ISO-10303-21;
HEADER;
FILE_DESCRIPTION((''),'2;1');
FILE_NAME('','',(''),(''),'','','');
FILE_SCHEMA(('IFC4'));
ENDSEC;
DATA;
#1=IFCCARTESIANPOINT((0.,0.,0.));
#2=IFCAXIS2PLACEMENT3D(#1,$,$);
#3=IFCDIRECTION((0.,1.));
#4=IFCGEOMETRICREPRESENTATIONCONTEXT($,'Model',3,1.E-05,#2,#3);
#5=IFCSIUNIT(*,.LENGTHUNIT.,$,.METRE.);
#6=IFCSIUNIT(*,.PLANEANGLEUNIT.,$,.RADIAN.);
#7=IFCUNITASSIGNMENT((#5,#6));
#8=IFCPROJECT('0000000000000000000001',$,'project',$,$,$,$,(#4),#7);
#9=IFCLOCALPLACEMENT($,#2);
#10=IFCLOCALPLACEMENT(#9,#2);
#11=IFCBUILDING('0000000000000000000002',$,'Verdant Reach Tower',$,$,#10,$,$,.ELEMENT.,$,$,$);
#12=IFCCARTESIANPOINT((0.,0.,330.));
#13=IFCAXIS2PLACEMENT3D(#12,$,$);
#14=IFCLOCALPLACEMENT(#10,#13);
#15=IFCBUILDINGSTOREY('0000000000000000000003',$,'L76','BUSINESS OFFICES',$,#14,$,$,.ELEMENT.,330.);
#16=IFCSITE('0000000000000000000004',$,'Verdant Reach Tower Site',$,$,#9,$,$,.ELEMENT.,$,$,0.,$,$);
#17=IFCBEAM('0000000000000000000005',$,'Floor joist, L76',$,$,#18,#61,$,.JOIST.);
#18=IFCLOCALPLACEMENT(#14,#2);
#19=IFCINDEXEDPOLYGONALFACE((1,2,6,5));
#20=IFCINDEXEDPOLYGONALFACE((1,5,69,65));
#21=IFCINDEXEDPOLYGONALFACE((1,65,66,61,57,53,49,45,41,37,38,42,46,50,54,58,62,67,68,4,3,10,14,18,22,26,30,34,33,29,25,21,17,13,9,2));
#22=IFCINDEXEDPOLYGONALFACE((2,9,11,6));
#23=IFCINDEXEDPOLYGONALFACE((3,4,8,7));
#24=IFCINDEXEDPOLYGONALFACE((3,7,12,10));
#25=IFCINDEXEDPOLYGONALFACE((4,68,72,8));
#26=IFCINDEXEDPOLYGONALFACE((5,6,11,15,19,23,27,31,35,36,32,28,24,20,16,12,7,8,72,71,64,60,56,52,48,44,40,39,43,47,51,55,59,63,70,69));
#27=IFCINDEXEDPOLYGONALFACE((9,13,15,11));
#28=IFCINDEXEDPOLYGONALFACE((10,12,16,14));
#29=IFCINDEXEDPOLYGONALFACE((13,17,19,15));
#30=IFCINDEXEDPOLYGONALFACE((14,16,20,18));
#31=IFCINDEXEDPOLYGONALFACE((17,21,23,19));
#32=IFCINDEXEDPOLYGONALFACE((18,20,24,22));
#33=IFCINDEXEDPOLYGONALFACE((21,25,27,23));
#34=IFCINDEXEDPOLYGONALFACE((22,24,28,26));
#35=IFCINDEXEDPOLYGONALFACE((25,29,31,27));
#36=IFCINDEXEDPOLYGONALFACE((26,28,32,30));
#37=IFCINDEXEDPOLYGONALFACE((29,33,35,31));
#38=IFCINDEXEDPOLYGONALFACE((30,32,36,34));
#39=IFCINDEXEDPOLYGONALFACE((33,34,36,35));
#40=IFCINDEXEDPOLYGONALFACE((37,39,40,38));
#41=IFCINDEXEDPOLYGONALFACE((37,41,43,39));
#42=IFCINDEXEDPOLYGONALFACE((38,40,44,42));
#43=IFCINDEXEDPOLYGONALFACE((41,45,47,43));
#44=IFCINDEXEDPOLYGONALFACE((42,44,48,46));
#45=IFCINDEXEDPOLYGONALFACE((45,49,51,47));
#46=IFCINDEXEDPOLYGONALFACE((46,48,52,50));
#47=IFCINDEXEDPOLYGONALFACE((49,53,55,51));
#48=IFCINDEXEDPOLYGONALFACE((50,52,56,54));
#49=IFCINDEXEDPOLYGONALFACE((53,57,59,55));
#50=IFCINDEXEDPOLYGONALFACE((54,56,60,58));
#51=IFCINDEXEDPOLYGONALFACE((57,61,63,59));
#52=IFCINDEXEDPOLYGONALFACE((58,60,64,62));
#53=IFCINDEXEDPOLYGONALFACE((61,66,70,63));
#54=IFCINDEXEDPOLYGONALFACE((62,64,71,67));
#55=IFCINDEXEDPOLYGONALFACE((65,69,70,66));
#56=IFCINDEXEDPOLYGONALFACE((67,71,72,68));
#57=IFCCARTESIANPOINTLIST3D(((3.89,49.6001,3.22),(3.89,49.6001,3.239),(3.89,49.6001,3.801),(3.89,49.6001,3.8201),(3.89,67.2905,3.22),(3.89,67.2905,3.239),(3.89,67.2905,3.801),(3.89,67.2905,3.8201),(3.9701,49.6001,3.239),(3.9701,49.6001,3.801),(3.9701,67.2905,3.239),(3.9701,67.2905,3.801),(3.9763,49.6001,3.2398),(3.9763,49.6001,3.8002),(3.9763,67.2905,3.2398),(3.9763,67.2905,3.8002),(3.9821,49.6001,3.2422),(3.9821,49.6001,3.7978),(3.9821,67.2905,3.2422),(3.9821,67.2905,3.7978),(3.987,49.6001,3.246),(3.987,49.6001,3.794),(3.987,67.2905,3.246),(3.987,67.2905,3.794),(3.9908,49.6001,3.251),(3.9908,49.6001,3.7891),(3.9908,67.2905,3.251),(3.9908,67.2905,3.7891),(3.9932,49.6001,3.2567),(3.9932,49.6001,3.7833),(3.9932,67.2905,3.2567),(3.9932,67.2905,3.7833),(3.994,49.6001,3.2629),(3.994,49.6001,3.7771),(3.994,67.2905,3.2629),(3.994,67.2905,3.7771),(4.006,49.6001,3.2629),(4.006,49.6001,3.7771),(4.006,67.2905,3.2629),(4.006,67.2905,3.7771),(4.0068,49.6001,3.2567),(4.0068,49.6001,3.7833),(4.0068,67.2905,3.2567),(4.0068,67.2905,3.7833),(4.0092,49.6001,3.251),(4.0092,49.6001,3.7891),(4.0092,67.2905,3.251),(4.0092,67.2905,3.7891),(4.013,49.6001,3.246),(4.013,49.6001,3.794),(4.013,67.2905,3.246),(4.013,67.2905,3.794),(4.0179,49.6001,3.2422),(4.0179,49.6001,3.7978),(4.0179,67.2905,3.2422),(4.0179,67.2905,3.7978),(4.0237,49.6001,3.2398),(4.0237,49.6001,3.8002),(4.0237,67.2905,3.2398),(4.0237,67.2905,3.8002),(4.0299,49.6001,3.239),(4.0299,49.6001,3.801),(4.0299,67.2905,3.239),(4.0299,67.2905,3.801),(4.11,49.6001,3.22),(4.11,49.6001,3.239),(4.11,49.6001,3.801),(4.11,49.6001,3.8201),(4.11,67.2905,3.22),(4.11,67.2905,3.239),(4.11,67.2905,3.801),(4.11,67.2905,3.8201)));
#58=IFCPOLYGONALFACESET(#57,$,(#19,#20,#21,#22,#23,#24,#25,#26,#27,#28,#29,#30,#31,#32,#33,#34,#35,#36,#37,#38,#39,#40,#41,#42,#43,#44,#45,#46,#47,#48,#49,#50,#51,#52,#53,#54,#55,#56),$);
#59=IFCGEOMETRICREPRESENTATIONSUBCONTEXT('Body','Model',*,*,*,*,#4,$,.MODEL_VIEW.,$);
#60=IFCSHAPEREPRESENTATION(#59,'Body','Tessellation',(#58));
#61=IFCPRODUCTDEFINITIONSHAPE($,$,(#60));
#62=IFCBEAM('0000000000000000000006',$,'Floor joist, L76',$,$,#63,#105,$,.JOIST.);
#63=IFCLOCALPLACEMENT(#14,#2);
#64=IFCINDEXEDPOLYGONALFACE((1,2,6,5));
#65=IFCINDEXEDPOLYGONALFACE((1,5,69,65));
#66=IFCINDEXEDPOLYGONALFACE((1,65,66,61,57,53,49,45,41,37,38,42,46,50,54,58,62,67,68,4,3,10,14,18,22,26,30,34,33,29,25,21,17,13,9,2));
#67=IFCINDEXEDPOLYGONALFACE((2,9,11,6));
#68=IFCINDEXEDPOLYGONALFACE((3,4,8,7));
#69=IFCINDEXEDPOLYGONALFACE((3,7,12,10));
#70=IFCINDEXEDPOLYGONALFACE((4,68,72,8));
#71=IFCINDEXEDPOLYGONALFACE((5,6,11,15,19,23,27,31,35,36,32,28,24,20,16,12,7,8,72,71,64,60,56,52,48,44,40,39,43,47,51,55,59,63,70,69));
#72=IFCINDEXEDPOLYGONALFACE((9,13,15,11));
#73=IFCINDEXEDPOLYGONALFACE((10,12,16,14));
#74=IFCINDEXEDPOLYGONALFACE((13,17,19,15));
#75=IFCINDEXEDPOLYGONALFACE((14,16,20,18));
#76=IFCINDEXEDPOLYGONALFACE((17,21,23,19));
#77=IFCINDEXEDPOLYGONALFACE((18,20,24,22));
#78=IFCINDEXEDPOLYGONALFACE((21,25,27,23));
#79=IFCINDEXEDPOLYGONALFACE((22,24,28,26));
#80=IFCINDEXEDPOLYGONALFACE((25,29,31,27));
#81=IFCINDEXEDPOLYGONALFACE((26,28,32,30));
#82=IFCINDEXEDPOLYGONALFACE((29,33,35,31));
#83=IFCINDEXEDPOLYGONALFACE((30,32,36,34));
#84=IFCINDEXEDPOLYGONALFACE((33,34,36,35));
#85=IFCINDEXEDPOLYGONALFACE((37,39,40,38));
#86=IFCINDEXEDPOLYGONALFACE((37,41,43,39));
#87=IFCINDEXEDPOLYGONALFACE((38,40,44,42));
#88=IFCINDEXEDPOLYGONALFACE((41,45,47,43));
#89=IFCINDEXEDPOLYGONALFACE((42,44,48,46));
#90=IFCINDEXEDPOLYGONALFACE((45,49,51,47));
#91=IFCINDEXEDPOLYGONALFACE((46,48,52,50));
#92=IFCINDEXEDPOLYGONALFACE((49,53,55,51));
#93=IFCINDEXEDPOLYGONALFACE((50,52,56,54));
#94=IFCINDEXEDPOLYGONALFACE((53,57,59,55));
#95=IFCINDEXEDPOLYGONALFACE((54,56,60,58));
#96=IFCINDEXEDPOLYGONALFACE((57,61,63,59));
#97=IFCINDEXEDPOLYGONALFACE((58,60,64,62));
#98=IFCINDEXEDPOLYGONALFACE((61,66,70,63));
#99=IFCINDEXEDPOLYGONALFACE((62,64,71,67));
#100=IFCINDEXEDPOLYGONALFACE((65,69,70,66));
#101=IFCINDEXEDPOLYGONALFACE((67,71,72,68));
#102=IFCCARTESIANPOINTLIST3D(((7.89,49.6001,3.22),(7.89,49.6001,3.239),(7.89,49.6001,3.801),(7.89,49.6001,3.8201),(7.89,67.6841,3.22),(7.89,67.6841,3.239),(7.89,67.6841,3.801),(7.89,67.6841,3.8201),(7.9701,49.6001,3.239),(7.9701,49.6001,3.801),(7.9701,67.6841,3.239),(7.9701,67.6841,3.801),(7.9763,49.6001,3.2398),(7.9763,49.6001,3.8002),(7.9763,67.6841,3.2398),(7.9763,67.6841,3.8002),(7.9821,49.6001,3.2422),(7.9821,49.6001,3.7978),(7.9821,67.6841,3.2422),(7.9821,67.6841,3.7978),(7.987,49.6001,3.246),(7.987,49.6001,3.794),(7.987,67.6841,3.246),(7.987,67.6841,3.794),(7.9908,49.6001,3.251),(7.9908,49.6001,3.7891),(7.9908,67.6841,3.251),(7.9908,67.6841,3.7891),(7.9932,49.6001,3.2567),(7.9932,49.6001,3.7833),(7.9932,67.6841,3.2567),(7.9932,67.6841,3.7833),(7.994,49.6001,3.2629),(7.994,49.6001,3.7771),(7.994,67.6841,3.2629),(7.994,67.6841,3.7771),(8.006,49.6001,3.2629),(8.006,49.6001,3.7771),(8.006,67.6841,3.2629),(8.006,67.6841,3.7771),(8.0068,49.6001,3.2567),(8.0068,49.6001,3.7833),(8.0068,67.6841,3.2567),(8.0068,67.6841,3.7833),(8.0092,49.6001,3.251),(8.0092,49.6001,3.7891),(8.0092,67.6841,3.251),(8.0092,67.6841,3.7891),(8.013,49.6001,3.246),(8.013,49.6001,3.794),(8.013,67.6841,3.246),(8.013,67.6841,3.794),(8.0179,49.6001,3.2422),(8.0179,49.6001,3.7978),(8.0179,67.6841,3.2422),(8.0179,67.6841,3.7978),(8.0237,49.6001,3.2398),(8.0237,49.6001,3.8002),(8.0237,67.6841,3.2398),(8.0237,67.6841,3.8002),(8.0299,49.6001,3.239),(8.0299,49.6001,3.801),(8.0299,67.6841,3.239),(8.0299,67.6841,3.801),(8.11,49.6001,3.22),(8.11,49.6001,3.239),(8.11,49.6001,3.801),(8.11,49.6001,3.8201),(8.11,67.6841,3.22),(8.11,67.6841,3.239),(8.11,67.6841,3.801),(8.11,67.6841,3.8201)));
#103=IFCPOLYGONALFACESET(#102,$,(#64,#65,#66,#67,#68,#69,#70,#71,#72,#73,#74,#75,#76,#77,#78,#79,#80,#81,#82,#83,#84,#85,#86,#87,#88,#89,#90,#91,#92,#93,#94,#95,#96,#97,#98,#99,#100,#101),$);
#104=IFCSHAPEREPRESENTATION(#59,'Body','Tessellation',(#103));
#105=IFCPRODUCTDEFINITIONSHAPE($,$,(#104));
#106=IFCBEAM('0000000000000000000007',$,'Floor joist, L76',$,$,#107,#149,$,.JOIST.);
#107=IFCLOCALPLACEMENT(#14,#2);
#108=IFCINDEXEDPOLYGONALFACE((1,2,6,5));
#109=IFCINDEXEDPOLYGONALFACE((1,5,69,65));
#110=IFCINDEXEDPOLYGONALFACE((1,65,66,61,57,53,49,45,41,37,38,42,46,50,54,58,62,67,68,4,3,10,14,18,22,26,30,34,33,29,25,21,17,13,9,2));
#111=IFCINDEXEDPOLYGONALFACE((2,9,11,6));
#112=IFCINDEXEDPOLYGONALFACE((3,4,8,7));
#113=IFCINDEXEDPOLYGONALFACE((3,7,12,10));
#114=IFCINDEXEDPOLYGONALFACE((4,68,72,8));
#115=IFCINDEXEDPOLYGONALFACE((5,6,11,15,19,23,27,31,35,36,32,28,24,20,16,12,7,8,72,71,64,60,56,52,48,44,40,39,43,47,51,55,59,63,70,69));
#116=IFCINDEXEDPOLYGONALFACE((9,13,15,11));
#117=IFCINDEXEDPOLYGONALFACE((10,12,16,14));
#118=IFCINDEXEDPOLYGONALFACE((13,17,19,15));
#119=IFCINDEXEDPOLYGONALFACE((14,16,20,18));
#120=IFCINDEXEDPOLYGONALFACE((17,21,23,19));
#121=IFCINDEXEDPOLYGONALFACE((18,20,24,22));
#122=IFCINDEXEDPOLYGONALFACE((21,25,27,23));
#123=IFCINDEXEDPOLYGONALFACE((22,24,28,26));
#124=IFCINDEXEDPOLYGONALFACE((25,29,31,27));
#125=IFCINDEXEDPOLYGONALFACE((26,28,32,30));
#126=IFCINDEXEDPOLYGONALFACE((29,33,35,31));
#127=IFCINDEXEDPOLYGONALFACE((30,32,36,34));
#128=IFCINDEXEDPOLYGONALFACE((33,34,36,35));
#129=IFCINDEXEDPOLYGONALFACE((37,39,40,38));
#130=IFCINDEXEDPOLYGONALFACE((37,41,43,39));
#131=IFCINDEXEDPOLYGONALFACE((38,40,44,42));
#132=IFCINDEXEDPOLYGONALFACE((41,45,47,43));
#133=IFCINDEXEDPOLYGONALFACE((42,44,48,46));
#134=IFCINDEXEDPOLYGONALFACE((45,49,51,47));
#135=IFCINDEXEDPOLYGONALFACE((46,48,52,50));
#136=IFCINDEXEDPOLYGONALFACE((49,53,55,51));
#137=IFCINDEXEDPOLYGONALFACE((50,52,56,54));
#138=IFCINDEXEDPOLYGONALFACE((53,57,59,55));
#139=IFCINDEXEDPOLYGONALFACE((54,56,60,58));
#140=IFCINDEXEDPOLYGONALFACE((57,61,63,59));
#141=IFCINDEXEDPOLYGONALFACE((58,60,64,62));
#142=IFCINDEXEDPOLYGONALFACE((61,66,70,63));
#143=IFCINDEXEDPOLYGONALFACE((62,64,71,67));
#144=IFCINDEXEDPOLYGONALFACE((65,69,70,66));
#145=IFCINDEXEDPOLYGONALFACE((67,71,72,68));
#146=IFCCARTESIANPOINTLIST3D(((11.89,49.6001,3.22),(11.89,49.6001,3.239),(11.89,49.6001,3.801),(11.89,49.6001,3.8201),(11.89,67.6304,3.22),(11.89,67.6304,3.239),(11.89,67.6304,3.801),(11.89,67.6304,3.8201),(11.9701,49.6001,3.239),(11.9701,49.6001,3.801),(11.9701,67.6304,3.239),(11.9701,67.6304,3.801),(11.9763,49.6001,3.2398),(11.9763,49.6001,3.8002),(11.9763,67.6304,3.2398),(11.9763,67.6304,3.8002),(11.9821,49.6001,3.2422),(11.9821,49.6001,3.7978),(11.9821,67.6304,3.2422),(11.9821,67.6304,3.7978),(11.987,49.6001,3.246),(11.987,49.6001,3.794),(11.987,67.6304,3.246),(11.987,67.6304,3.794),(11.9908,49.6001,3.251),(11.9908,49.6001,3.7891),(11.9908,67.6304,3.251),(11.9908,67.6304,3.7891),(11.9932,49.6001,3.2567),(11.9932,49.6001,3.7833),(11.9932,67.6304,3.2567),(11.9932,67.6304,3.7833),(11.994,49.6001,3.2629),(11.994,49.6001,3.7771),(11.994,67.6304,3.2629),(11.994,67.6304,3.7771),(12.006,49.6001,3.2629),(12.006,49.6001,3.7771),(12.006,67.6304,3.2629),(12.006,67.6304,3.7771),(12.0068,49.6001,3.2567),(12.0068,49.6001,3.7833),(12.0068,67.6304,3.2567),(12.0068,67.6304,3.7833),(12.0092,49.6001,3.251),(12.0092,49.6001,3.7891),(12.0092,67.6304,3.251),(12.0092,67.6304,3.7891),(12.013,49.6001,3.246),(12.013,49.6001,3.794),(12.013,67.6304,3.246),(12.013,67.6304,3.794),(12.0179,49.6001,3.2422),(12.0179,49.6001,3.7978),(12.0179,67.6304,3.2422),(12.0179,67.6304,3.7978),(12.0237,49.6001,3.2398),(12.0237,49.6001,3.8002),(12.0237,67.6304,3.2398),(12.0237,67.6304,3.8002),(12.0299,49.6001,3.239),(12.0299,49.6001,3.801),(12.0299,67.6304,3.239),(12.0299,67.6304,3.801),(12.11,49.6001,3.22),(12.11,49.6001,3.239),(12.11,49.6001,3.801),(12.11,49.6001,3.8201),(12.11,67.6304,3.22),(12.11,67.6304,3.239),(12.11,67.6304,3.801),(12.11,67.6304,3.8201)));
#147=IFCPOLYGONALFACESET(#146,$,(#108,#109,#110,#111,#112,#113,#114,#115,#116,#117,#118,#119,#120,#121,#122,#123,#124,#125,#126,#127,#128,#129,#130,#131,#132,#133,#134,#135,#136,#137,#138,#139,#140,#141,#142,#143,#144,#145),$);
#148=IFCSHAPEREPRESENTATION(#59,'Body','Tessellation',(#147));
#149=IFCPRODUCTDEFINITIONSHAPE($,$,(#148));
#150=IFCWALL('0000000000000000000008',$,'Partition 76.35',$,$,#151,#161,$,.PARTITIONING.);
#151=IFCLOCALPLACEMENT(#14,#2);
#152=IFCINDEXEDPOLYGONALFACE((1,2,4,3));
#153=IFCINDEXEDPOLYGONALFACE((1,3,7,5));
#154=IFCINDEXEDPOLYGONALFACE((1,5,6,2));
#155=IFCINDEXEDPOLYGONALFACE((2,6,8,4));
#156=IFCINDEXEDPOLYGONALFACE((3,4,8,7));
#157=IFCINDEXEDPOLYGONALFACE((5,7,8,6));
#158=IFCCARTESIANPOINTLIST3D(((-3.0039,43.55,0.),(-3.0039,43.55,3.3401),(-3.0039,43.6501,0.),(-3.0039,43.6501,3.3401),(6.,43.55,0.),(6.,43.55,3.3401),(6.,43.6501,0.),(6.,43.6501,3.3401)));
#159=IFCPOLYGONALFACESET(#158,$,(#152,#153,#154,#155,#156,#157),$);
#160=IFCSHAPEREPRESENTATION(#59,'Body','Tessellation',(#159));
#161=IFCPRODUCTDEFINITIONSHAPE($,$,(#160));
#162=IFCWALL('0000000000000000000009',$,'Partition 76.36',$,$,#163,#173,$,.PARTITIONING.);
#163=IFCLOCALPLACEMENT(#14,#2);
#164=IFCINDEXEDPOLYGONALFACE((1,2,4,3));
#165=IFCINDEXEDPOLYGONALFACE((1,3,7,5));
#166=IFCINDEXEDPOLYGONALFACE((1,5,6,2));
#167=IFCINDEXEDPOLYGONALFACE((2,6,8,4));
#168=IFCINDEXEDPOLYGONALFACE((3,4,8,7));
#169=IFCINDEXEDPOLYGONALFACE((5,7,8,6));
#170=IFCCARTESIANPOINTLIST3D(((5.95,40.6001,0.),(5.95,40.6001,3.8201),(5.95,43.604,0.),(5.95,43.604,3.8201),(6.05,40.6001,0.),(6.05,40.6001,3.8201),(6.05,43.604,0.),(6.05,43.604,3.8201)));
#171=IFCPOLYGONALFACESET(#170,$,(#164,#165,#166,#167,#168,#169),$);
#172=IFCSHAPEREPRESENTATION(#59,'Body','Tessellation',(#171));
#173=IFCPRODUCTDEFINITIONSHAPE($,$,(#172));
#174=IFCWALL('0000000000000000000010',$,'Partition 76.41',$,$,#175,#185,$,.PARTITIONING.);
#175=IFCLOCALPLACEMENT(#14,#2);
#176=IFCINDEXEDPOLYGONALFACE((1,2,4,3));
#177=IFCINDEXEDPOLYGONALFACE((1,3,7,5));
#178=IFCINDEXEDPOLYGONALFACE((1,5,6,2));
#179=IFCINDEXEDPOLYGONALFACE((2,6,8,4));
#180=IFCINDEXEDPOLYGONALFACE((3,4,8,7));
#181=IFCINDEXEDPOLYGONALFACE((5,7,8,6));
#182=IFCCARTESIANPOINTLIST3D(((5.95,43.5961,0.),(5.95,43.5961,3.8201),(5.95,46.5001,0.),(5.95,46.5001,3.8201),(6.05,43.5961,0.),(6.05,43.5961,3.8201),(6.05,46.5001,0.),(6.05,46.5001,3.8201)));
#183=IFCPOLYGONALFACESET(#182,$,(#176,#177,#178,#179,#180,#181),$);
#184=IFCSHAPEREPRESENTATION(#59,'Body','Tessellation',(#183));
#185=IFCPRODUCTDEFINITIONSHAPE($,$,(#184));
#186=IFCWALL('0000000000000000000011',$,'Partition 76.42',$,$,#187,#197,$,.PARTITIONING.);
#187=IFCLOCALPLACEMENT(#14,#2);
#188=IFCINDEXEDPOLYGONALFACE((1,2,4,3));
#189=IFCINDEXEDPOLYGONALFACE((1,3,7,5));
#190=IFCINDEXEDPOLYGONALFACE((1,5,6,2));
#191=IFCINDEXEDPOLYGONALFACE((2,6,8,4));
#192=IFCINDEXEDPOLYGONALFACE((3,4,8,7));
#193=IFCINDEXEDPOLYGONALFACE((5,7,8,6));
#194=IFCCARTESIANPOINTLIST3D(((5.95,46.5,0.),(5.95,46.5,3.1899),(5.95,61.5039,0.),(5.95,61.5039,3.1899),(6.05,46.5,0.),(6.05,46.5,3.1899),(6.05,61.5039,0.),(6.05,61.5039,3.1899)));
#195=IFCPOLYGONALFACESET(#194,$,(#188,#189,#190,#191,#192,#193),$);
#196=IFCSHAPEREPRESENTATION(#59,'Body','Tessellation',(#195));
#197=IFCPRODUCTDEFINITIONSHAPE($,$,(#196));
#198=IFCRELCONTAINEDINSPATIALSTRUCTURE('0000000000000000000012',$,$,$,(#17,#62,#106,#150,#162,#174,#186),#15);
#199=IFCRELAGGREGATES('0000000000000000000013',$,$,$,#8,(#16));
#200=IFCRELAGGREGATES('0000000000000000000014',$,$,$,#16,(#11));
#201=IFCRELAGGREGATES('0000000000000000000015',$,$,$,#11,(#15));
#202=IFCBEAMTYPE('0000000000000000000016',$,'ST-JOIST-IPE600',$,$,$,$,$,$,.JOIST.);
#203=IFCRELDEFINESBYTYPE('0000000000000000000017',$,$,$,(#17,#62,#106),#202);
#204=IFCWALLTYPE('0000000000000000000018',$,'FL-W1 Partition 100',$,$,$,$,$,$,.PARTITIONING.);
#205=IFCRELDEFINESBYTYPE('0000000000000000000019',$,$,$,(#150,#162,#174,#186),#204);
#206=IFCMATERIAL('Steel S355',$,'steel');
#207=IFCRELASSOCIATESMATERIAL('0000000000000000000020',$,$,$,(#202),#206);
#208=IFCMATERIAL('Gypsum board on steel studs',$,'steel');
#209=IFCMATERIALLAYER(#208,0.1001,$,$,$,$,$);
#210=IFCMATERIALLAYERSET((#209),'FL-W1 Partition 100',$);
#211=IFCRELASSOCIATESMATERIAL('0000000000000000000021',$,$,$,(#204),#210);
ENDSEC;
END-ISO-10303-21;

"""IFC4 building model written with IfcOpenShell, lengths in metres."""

from ifc_helpers import new_model, si_unit, direction, frame, frame_2d, origin, origin_2d, place, context, subcontext, project, spatial, rectangle, i_section, extrude, material, layer, layer_set, material_profile, profile_set, type_object, element, save


model = new_model("IFC4")

# Units and contexts
model_context = context("Model", 3, precision=1e-05, world=origin(), true_north=direction((0.0, 1.0)))
body_context = subcontext(model_context, "Body", "Model", "MODEL_VIEW")
ifc_project = project(units=[si_unit("LENGTHUNIT", "METRE"), si_unit("PLANEANGLEUNIT", "RADIAN")], contexts=[model_context])

# Site, building, storey
site_placement = place(None, origin())
site = spatial("IfcSite", under=ifc_project, at=site_placement, Name="Verdant Reach Tower Site", CompositionType="ELEMENT", RefElevation=0.0)
building_placement = place(site_placement, origin())
building = spatial("IfcBuilding", under=site, at=building_placement, Name="Verdant Reach Tower", CompositionType="ELEMENT")
storey_placement = place(building_placement, frame((0.0, 0.0, 330.0)))
storey = spatial("IfcBuildingStorey", under=building, at=storey_placement, Name="L76", Description="BUSINESS OFFICES", CompositionType="ELEMENT", Elevation=330.0)

# Beams
ifc_material_1 = material(Name="Steel S355", Category="steel")
ifc_material_profile_1 = material_profile(ifc_material_1, i_section(OverallWidth=0.22, OverallDepth=0.6001, WebThickness=0.012, FlangeThickness=0.019, FilletRadius=0.0239, at=origin_2d()), Name="IPE 600")
ifc_profile_set_1 = profile_set([ifc_material_profile_1], Name="Steel S355")
beam_type_1 = type_object("IfcBeamType", Name="ST-JOIST-IPE600", PredefinedType="JOIST", material=ifc_profile_set_1)
beam_1_placement = place(storey_placement, frame((4.0, 49.6001, 3.52), z_axis=(0.0, 1.0, 0.0), x_axis=(-1.0, 0.0, 0.0)))
element("IfcBeam", 1, at=beam_1_placement, inside=storey, type_object=beam_type_1, Name="Floor joist, L76", PredefinedType="JOIST", context=body_context, shape_type="SweptSolid", body=[
    extrude(i_section(OverallWidth=0.22, OverallDepth=0.6001, WebThickness=0.012, FlangeThickness=0.019, FilletRadius=0.0239, at=origin_2d()), origin(), (0.0, 0.0, 1.0), 17.6904),
])
beam_2_placement = place(storey_placement, frame((8.0, 49.6001, 3.52), z_axis=(0.0, 1.0, 0.0), x_axis=(-1.0, 0.0, 0.0)))
element("IfcBeam", 2, at=beam_2_placement, inside=storey, type_object=beam_type_1, Name="Floor joist, L76", PredefinedType="JOIST", context=body_context, shape_type="SweptSolid", body=[
    extrude(i_section(OverallWidth=0.22, OverallDepth=0.6001, WebThickness=0.012, FlangeThickness=0.019, FilletRadius=0.0239, at=origin_2d()), origin(), (0.0, 0.0, 1.0), 18.084),
])
beam_3_placement = place(storey_placement, frame((12.0, 49.6001, 3.52), z_axis=(0.0, 1.0, 0.0), x_axis=(-1.0, 0.0, 0.0)))
element("IfcBeam", 3, at=beam_3_placement, inside=storey, type_object=beam_type_1, Name="Floor joist, L76", PredefinedType="JOIST", context=body_context, shape_type="SweptSolid", body=[
    extrude(i_section(OverallWidth=0.22, OverallDepth=0.6001, WebThickness=0.012, FlangeThickness=0.019, FilletRadius=0.0239, at=origin_2d()), origin(), (0.0, 0.0, 1.0), 18.0303),
])

# Walls
ifc_material_2 = material(Name="Gypsum board on steel studs", Category="steel")
ifc_layer_1 = layer(ifc_material_2, 0.1001)
ifc_layer_set_1 = layer_set([ifc_layer_1], Name="FL-W1 Partition 100")
wall_type_1 = type_object("IfcWallType", Name="FL-W1 Partition 100", PredefinedType="PARTITIONING", material=ifc_layer_set_1)
wall_1_placement = place(storey_placement, frame((6.0, 43.6001, 0.0), z_axis=(0.0, 0.0, 1.0), x_axis=(-1.0, 0.0, 0.0)))
element("IfcWall", 4, at=wall_1_placement, inside=storey, type_object=wall_type_1, Name="Partition 76.35", PredefinedType="PARTITIONING", context=body_context, shape_type="SweptSolid", body=[
    extrude(rectangle(XDim=9.0039, YDim=0.1001, at=frame_2d((4.502, 0.0))), origin(), (0.0, 0.0, 1.0), 3.3401),
])
wall_2_placement = place(storey_placement, frame((6.0, 40.6001, 0.0), z_axis=(0.0, 0.0, 1.0), x_axis=(0.0, 1.0, 0.0)))
element("IfcWall", 5, at=wall_2_placement, inside=storey, type_object=wall_type_1, Name="Partition 76.36", PredefinedType="PARTITIONING", context=body_context, shape_type="SweptSolid", body=[
    extrude(rectangle(XDim=3.0039, YDim=0.1001, at=frame_2d((1.502, 0.0))), origin(), (0.0, 0.0, 1.0), 3.8201),
])
wall_3_placement = place(storey_placement, frame((6.0, 43.5959, 0.0), z_axis=(0.0, 0.0, 1.0), x_axis=(0.0, 1.0, 0.0)))
element("IfcWall", 6, at=wall_3_placement, inside=storey, type_object=wall_type_1, Name="Partition 76.41", PredefinedType="PARTITIONING", context=body_context, shape_type="SweptSolid", body=[
    extrude(rectangle(XDim=2.9041, YDim=0.1001, at=frame_2d((1.4521, 0.0))), origin(), (0.0, 0.0, 1.0), 3.8201),
])
wall_4_placement = place(storey_placement, frame((6.0, 46.5, 0.0), z_axis=(0.0, 0.0, 1.0), x_axis=(0.0, 1.0, 0.0)))
element("IfcWall", 7, at=wall_4_placement, inside=storey, type_object=wall_type_1, Name="Partition 76.42", PredefinedType="PARTITIONING", context=body_context, shape_type="SweptSolid", body=[
    extrude(rectangle(XDim=15.0039, YDim=0.1001, at=frame_2d((7.502, 0.0))), origin(), (0.0, 0.0, 1.0), 3.1899),
])

save(model, "model.ifc")
